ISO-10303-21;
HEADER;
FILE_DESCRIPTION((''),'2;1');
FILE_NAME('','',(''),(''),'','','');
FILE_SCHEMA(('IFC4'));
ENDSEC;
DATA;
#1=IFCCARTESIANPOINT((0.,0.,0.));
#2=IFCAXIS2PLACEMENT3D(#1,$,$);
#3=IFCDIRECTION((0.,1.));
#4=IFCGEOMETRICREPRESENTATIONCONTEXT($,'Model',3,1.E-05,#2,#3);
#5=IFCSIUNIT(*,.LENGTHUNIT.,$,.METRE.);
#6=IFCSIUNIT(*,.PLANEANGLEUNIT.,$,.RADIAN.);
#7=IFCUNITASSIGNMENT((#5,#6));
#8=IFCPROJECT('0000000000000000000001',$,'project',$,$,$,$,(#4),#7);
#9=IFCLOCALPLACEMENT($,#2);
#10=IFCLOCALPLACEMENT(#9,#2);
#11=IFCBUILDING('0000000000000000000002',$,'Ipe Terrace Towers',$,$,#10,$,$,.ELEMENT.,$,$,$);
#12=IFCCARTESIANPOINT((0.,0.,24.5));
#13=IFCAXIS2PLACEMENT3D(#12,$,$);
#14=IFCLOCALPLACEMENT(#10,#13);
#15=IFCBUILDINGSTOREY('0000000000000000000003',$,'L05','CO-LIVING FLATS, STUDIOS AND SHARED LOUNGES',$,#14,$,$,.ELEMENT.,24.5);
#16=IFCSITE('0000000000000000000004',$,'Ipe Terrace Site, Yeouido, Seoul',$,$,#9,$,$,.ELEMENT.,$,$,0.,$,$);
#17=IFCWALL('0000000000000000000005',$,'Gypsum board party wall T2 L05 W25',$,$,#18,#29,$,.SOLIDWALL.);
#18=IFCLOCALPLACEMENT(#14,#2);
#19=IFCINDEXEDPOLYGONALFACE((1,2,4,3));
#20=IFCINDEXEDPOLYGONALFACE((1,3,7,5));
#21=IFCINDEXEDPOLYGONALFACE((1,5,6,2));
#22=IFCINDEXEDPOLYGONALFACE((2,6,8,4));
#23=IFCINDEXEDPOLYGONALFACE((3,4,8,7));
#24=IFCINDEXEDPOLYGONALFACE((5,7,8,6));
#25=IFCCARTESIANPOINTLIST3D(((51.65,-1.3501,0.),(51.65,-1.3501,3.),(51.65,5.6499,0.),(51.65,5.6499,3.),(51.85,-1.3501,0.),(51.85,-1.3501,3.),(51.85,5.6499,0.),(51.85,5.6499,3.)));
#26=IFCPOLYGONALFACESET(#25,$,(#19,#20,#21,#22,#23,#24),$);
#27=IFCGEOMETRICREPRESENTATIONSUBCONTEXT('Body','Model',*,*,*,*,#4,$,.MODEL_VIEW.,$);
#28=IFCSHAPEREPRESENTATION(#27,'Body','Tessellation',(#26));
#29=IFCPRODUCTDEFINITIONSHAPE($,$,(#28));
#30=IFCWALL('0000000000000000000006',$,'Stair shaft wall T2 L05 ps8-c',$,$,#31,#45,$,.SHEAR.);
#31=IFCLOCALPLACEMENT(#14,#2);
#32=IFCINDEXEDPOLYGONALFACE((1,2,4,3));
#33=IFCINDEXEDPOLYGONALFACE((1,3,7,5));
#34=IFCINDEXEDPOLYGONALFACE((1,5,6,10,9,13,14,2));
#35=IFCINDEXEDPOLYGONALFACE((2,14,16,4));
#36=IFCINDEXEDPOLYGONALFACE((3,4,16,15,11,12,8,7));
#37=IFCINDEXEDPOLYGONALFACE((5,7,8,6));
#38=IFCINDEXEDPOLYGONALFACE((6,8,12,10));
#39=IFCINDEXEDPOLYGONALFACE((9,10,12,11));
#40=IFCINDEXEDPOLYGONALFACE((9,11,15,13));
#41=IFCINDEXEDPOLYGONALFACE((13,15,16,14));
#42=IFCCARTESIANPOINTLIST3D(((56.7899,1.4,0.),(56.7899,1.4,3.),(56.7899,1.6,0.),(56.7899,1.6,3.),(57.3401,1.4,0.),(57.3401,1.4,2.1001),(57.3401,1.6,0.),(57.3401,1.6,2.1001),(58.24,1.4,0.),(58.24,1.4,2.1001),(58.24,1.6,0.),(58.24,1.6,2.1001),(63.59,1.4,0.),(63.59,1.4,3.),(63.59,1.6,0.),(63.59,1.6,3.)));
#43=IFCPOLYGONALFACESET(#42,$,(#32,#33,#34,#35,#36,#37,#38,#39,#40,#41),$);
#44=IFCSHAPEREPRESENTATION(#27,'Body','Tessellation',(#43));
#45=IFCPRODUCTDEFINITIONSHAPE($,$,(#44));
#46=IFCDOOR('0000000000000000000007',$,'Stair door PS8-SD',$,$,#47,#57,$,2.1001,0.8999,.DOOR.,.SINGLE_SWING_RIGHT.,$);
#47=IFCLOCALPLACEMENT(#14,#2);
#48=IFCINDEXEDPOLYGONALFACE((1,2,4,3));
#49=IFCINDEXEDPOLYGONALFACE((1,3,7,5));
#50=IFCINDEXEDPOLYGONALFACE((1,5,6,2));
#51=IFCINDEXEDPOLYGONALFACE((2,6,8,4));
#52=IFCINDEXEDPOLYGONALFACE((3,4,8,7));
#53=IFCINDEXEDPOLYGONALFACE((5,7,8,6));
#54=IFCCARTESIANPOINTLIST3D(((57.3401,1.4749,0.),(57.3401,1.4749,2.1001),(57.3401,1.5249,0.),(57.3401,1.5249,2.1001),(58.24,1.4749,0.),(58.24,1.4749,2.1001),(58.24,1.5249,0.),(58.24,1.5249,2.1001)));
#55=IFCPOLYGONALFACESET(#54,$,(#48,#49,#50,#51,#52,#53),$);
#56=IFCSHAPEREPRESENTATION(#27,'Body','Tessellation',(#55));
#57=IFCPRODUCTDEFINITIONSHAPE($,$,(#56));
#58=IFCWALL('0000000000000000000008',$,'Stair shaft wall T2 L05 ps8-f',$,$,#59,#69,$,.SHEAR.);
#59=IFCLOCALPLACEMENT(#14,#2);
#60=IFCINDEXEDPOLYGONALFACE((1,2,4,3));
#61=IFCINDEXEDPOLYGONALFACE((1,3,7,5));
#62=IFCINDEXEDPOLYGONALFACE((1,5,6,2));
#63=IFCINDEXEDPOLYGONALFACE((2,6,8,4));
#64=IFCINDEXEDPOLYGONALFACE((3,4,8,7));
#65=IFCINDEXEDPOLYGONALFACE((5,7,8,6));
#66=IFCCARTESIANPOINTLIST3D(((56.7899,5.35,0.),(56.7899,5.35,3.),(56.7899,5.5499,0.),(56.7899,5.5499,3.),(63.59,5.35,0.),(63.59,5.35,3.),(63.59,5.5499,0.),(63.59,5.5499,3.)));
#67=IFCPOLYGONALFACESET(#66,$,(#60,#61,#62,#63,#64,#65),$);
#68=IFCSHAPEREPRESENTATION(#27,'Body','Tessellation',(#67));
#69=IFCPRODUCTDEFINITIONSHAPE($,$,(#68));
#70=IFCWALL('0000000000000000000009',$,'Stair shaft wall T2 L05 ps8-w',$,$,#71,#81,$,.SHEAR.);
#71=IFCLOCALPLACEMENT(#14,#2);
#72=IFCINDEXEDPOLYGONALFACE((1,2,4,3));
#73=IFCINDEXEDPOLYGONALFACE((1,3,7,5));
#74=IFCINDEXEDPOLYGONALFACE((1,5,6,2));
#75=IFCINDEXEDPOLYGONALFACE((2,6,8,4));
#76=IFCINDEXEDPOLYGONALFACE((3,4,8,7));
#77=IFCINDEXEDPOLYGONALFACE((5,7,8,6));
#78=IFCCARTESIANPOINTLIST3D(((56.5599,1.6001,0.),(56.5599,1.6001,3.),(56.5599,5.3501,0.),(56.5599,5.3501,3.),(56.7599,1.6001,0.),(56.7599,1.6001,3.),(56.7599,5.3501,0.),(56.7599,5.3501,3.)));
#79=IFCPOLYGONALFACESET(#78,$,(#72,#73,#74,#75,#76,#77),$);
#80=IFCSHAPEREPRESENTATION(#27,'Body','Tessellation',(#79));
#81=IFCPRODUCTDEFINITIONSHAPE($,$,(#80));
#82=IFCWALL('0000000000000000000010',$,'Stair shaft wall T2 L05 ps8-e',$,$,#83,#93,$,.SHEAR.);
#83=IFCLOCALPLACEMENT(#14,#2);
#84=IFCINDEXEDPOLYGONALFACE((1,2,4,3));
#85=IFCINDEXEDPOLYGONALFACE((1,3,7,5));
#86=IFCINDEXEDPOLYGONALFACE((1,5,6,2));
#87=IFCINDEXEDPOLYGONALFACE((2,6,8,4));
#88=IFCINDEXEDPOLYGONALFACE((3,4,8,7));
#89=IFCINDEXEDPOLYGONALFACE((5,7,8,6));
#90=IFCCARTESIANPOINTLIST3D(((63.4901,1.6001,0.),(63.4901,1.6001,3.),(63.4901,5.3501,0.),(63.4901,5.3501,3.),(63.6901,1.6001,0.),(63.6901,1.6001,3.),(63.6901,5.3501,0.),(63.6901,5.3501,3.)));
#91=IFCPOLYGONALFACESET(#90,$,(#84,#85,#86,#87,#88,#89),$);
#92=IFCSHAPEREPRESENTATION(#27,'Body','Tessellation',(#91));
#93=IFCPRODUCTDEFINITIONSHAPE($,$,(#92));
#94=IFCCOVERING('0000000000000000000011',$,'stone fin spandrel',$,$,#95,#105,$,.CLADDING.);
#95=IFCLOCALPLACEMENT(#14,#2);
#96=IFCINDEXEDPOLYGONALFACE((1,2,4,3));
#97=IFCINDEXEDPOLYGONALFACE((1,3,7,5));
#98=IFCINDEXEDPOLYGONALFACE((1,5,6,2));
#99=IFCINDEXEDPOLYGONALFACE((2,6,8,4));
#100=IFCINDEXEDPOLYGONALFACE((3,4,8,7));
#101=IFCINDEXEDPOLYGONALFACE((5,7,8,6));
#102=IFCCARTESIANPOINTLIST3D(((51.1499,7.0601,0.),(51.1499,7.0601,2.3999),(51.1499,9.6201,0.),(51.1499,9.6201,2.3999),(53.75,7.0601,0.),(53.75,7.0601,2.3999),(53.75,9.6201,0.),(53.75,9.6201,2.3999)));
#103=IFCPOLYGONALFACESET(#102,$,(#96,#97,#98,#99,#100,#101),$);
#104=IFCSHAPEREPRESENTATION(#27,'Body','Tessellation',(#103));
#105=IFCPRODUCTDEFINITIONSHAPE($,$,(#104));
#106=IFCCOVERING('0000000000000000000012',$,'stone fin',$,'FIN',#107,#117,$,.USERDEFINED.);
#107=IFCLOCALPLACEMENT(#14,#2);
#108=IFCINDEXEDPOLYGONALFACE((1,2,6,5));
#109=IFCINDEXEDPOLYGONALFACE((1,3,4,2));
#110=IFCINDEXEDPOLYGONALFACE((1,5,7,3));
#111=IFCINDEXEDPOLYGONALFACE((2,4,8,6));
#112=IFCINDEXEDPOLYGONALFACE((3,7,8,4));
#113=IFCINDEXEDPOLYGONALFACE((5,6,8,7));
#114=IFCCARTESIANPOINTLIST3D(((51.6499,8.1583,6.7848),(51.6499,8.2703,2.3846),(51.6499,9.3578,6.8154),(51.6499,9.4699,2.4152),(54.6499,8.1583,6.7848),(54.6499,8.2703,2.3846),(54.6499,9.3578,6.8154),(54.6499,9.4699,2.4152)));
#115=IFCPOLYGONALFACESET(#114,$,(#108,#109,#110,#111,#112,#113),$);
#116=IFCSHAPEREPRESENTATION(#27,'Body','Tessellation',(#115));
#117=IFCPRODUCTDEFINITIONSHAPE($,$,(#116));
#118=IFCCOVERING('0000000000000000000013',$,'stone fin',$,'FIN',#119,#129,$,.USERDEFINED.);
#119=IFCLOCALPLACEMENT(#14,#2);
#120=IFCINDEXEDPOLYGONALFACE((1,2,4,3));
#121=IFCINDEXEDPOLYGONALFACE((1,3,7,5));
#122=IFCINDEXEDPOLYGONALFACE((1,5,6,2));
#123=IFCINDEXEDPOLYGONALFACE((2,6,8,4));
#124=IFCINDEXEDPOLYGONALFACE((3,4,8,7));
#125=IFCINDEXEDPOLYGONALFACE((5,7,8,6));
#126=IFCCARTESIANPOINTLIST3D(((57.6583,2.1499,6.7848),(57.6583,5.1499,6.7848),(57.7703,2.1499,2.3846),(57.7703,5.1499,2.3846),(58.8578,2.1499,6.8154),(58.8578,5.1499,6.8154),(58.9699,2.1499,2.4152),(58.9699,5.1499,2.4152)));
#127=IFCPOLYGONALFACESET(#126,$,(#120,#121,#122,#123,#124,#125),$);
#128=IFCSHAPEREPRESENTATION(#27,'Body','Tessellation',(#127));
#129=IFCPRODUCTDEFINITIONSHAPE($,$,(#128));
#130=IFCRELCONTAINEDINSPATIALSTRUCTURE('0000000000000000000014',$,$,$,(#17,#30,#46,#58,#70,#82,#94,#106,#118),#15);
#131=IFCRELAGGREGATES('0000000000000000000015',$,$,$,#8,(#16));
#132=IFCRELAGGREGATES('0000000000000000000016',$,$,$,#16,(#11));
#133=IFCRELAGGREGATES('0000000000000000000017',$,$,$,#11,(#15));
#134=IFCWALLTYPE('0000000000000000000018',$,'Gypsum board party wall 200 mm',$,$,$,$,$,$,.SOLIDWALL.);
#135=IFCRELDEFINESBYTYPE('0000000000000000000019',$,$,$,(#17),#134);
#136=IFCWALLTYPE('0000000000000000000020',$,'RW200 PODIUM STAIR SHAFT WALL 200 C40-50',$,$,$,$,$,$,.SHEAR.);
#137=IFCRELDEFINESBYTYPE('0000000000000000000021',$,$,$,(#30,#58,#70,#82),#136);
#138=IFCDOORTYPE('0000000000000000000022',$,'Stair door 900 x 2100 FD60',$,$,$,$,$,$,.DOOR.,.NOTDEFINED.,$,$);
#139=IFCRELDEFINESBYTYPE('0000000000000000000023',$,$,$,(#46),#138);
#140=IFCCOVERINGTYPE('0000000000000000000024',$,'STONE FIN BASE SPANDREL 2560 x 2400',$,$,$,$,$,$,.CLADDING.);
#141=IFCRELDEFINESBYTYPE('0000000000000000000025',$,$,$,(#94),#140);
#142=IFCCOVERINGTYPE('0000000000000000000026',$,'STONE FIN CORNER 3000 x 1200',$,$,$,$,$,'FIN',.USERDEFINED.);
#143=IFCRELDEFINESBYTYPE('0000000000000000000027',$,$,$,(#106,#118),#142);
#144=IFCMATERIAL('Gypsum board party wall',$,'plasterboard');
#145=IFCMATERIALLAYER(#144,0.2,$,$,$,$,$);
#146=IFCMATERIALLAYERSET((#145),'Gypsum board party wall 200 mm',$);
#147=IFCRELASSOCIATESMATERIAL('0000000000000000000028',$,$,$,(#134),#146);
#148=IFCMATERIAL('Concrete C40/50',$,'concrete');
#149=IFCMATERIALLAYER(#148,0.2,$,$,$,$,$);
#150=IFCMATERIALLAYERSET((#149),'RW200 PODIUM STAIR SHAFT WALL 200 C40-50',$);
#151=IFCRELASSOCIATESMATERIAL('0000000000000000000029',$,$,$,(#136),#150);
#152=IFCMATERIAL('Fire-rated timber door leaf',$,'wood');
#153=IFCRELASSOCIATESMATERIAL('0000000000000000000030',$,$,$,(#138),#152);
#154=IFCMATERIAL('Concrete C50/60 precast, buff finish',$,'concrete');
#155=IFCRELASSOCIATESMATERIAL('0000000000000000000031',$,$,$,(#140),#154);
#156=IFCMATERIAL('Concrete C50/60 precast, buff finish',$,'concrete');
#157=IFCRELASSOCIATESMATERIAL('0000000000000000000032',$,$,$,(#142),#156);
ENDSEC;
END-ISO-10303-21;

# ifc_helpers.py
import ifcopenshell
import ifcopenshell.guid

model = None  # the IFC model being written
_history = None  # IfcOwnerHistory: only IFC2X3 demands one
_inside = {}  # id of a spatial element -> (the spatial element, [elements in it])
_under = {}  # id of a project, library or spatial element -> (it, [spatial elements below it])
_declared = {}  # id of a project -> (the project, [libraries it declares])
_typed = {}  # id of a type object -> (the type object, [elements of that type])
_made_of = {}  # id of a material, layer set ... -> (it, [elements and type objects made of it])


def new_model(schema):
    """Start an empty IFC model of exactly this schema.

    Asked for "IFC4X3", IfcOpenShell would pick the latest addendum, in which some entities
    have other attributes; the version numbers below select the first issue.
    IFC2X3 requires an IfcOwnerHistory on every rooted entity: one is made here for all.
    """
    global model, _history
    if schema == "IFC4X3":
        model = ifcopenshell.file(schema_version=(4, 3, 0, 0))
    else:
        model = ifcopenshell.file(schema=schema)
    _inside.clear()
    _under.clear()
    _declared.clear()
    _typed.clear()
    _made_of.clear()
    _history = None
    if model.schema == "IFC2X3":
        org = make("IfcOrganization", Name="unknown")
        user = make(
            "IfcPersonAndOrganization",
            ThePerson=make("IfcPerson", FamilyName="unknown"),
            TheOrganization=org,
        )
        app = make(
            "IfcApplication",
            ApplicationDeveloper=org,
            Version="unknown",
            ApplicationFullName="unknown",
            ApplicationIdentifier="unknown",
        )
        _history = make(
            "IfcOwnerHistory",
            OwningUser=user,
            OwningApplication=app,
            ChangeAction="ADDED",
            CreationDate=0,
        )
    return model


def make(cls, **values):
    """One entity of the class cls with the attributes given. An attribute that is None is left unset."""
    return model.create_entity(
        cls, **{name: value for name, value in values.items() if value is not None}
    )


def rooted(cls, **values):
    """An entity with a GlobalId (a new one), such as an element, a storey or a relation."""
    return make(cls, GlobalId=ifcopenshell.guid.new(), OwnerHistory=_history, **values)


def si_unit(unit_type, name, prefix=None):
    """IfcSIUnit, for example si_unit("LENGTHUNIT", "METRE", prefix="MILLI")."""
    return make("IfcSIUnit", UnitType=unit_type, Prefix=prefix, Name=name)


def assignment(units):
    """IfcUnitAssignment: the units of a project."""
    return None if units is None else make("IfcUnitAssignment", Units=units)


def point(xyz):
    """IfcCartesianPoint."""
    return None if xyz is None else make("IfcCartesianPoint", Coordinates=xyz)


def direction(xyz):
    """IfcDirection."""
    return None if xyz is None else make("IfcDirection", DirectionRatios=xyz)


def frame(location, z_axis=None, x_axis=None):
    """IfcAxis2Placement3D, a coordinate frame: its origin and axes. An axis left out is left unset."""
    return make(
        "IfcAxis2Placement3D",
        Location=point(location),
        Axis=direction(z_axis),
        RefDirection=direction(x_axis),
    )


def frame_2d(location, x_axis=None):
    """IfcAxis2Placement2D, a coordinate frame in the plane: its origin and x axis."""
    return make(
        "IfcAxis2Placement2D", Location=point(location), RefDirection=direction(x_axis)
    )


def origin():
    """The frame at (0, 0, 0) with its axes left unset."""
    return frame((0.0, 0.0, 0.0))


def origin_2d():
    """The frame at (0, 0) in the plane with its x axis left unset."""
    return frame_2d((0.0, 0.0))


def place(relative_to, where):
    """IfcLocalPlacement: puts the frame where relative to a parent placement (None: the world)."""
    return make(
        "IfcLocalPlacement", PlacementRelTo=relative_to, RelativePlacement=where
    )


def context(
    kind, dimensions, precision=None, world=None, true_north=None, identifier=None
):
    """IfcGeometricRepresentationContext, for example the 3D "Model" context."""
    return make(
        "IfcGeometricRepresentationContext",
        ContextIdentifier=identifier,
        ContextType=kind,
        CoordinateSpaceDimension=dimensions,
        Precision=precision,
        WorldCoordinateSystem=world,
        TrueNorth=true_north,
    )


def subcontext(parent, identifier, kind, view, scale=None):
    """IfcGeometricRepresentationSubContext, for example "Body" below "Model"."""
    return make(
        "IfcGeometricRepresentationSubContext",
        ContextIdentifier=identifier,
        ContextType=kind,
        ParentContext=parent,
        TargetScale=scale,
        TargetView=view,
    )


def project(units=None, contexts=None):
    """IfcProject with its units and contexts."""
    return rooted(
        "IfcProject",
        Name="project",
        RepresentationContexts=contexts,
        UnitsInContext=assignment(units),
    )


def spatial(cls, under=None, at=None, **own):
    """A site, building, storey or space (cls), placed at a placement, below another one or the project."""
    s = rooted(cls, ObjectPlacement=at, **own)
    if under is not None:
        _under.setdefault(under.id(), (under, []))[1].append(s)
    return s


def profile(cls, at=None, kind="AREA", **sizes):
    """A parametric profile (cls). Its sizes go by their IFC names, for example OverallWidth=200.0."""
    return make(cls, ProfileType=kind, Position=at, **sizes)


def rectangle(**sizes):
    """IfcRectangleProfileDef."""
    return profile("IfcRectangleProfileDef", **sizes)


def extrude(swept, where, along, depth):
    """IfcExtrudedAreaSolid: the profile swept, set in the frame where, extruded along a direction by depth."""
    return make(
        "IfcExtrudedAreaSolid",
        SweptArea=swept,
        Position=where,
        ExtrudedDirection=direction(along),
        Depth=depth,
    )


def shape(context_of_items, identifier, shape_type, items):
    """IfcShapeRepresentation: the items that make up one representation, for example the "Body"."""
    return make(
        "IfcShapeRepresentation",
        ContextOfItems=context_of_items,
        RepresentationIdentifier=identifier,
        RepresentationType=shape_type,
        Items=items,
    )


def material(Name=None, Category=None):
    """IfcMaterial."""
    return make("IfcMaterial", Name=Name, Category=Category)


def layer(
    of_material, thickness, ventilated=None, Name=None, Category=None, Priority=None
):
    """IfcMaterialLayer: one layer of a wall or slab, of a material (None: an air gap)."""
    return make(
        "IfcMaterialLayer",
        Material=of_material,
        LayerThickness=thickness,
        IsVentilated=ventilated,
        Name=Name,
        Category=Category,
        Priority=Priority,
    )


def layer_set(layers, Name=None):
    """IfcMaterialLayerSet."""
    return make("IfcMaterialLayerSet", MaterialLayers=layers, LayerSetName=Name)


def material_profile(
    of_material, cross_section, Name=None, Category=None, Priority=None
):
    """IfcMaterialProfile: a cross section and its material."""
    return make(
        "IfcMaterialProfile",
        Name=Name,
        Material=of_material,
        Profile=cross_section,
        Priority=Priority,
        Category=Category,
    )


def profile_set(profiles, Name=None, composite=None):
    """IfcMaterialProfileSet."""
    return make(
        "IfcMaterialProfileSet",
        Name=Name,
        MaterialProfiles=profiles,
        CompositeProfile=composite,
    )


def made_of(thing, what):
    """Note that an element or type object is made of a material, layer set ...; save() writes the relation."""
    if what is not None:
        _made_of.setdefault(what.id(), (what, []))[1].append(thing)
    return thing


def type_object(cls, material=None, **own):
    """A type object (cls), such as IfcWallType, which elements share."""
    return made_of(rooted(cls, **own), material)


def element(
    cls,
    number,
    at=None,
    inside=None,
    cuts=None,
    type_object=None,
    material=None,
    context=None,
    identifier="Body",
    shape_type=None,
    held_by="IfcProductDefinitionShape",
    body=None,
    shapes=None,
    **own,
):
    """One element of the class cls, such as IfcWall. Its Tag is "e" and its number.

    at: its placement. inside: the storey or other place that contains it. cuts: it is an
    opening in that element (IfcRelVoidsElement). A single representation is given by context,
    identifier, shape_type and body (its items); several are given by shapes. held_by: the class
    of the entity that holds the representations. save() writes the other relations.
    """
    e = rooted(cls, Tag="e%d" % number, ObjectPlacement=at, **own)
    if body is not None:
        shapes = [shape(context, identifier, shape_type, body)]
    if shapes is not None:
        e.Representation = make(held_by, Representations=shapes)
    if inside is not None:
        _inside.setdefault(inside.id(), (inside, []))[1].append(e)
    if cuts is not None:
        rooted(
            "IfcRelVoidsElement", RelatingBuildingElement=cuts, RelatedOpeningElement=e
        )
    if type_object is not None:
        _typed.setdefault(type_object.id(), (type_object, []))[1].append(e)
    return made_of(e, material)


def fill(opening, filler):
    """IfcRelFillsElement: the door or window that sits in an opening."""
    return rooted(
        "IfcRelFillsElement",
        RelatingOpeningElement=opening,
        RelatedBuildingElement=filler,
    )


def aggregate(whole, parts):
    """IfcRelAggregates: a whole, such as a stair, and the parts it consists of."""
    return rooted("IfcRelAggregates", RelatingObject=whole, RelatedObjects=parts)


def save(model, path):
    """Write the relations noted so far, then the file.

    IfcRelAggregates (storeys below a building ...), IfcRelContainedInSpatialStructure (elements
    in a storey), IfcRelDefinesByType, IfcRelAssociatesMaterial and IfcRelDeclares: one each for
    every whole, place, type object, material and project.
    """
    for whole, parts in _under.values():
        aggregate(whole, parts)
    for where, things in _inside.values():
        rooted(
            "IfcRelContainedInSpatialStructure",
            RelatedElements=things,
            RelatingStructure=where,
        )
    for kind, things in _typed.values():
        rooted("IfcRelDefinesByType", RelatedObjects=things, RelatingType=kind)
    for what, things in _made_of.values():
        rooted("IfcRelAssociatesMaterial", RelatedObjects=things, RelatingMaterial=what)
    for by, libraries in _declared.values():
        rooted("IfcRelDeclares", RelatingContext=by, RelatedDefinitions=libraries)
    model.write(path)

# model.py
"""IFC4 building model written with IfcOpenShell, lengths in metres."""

from ifc_helpers import new_model, si_unit, direction, frame, frame_2d, origin, origin_2d, place, context, subcontext, project, spatial, rectangle, extrude, material, layer, layer_set, material_profile, profile_set, type_object, element, fill, save


model = new_model("IFC4")

# Units and contexts
model_context = context("Model", 3, precision=1e-05, world=origin(), true_north=direction((0.0, 1.0)))
body_context = subcontext(model_context, "Body", "Model", "MODEL_VIEW")
ifc_project = project(units=[si_unit("LENGTHUNIT", "METRE"), si_unit("PLANEANGLEUNIT", "RADIAN")], contexts=[model_context])

# Site, building, storey
site_placement = place(None, origin())
site = spatial("IfcSite", under=ifc_project, at=site_placement, Name="Ipe Terrace Site, Yeouido, Seoul", CompositionType="ELEMENT", RefElevation=0.0)
building_placement = place(site_placement, origin())
building = spatial("IfcBuilding", under=site, at=building_placement, Name="Ipe Terrace Towers", CompositionType="ELEMENT")
storey_placement = place(building_placement, frame((0.0, 0.0, 24.5)))
storey = spatial("IfcBuildingStorey", under=building, at=storey_placement, Name="L05", Description="CO-LIVING FLATS, STUDIOS AND SHARED LOUNGES", CompositionType="ELEMENT", Elevation=24.5)

# Wall
ifc_material_1 = material(Name="Gypsum board party wall", Category="plasterboard")
ifc_layer_1 = layer(ifc_material_1, 0.2)
ifc_layer_set_1 = layer_set([ifc_layer_1], Name="Gypsum board party wall 200 mm")
wall_type_1 = type_object("IfcWallType", Name="Gypsum board party wall 200 mm", PredefinedType="SOLIDWALL", material=ifc_layer_set_1)
wall_1_placement = place(storey_placement, frame((51.75, -1.3501, 0.0), z_axis=(0.0, 0.0, 1.0), x_axis=(0.0, 1.0, 0.0)))
element("IfcWall", 1, at=wall_1_placement, inside=storey, type_object=wall_type_1, Name="Gypsum board party wall T2 L05 W25", PredefinedType="SOLIDWALL", context=body_context, shape_type="SweptSolid", body=[
    extrude(rectangle(XDim=7.0, YDim=0.2, at=frame_2d((3.5, 0.0))), origin(), (0.0, 0.0, 1.0), 3.0),
])

# Wall, opening, door
ifc_material_2 = material(Name="Concrete C40/50", Category="concrete")
ifc_layer_2 = layer(ifc_material_2, 0.2)
ifc_layer_set_2 = layer_set([ifc_layer_2], Name="RW200 PODIUM STAIR SHAFT WALL 200 C40-50")
wall_type_2 = type_object("IfcWallType", Name="RW200 PODIUM STAIR SHAFT WALL 200 C40-50", PredefinedType="SHEAR", material=ifc_layer_set_2)
wall_2_placement = place(storey_placement, frame((56.79, 1.5, 0.0), z_axis=(0.0, 0.0, 1.0), x_axis=(1.0, 0.0, 0.0)))
wall_2 = element("IfcWall", 2, at=wall_2_placement, inside=storey, type_object=wall_type_2, Name="Stair shaft wall T2 L05 ps8-c", PredefinedType="SHEAR", context=body_context, shape_type="SweptSolid", body=[
    extrude(rectangle(XDim=6.8, YDim=0.2, at=frame_2d((3.3999, 0.0))), origin(), (0.0, 0.0, 1.0), 3.0),
])
opening_1_placement = place(wall_2_placement, frame((0.55, 0.0, 0.0)))
opening_1 = element("IfcOpeningElement", 3, at=opening_1_placement, cuts=wall_2, PredefinedType="OPENING", context=body_context, shape_type="SweptSolid", body=[
    extrude(rectangle(XDim=0.8999, YDim=2.1001, at=frame_2d((0.45, 1.05))), frame((0.0, 0.1099, 0.0), z_axis=(0.0, -1.0, 0.0), x_axis=(1.0, 0.0, 0.0)), (0.0, 0.0, 1.0), 0.22),
])
ifc_material_3 = material(Name="Fire-rated timber door leaf", Category="wood")
door_type_1 = type_object("IfcDoorType", Name="Stair door 900 x 2100 FD60", OperationType="NOTDEFINED", PredefinedType="DOOR", material=ifc_material_3)
door_1_placement = place(opening_1_placement, origin())
door_1 = element("IfcDoor", 4, at=door_1_placement, inside=storey, type_object=door_type_1, Name="Stair door PS8-SD", OperationType="SINGLE_SWING_RIGHT", OverallHeight=2.1001, OverallWidth=0.8999, PredefinedType="DOOR", context=body_context, shape_type="SweptSolid", body=[
    extrude(rectangle(XDim=0.8999, YDim=2.1001, at=frame_2d((0.45, 1.05))), frame((0.0, 0.0249, 0.0), z_axis=(0.0, -1.0, 0.0), x_axis=(1.0, 0.0, 0.0)), (0.0, 0.0, 1.0), 0.05),
])
fill(opening_1, door_1)

# Walls
wall_3_placement = place(storey_placement, frame((56.79, 5.45, 0.0), z_axis=(0.0, 0.0, 1.0), x_axis=(1.0, 0.0, 0.0)))
element("IfcWall", 5, at=wall_3_placement, inside=storey, type_object=wall_type_2, Name="Stair shaft wall T2 L05 ps8-f", PredefinedType="SHEAR", context=body_context, shape_type="SweptSolid", body=[
    extrude(rectangle(XDim=6.8, YDim=0.2, at=frame_2d((3.3999, 0.0))), origin(), (0.0, 0.0, 1.0), 3.0),
])
for number, where, z_axis, x_axis, name in (
    (6, (56.6599, 1.6001, 0.0), (0.0, 0.0, 1.0), (0.0, 1.0, 0.0), "Stair shaft wall T2 L05 ps8-w"),
    (7, (63.5901, 1.6001, 0.0), (0.0, 0.0, 1.0), (0.0, 1.0, 0.0), "Stair shaft wall T2 L05 ps8-e"),
):
    element("IfcWall", number, at=place(storey_placement, frame(where, z_axis=z_axis, x_axis=x_axis)), inside=storey, type_object=wall_type_2, Name=name, PredefinedType="SHEAR", context=body_context, shape_type="SweptSolid", body=[
        extrude(rectangle(XDim=3.75, YDim=0.2, at=frame_2d((1.875, 0.0))), origin(), (0.0, 0.0, 1.0), 3.0),
    ])

# Coverings
ifc_material_4 = material(Name="Concrete C50/60 precast, buff finish", Category="concrete")
ifc_material_profile_1 = material_profile(ifc_material_4, rectangle(XDim=2.5601, YDim=2.3999, at=origin_2d()), Name="STONE FIN BASE SPANDREL 2560 x 2400")
ifc_profile_set_1 = profile_set([ifc_material_profile_1], Name="Concrete C50/60 precast, buff finish")
covering_type_1 = type_object("IfcCoveringType", Name="STONE FIN BASE SPANDREL 2560 x 2400", PredefinedType="CLADDING", material=ifc_profile_set_1)
covering_placement = place(storey_placement, frame((53.75, 8.3401, 1.2), z_axis=(-1.0, 0.0, 0.0), x_axis=(0.0, 1.0, 0.0)))
element("IfcCovering", 8, at=covering_placement, inside=storey, type_object=covering_type_1, Name="stone fin spandrel", PredefinedType="CLADDING", context=body_context, shape_type="SweptSolid", body=[
    extrude(rectangle(XDim=2.5601, YDim=2.3999, at=origin_2d()), origin(), (0.0, 0.0, 1.0), 2.6001),
])
ifc_material_5 = material(Name="Concrete C50/60 precast, buff finish", Category="concrete")
ifc_material_profile_2 = material_profile(ifc_material_5, rectangle(XDim=3.0, YDim=1.2, at=origin_2d()), Name="STONE FIN CORNER 3000 x 1200")
ifc_profile_set_2 = profile_set([ifc_material_profile_2], Name="Concrete C50/60 precast, buff finish")
covering_type_2 = type_object("IfcCoveringType", Name="STONE FIN CORNER 3000 x 1200", ElementType="FIN", PredefinedType="USERDEFINED", material=ifc_profile_set_2)
for number, where, z_axis, x_axis, name in (
    (9, (53.1499, 8.8701, 2.3999), (0.0, -0.025459, 0.999676), (-1.0, 0.0, 0.0), "stone fin"),
    (10, (58.3701, 3.6499, 2.3999), (-0.025459, 0.0, 0.999676), (0.0, 1.0, 0.0), "stone fin"),
):
    element("IfcCovering", number, at=place(storey_placement, frame(where, z_axis=z_axis, x_axis=x_axis)), inside=storey, type_object=covering_type_2, Name=name, ObjectType="FIN", PredefinedType="USERDEFINED", context=body_context, shape_type="SweptSolid", body=[
        extrude(rectangle(XDim=3.0, YDim=1.2, at=origin_2d()), origin(), (0.0, 0.0, 1.0), 4.4016),
    ])

save(model, "model.ifc")
